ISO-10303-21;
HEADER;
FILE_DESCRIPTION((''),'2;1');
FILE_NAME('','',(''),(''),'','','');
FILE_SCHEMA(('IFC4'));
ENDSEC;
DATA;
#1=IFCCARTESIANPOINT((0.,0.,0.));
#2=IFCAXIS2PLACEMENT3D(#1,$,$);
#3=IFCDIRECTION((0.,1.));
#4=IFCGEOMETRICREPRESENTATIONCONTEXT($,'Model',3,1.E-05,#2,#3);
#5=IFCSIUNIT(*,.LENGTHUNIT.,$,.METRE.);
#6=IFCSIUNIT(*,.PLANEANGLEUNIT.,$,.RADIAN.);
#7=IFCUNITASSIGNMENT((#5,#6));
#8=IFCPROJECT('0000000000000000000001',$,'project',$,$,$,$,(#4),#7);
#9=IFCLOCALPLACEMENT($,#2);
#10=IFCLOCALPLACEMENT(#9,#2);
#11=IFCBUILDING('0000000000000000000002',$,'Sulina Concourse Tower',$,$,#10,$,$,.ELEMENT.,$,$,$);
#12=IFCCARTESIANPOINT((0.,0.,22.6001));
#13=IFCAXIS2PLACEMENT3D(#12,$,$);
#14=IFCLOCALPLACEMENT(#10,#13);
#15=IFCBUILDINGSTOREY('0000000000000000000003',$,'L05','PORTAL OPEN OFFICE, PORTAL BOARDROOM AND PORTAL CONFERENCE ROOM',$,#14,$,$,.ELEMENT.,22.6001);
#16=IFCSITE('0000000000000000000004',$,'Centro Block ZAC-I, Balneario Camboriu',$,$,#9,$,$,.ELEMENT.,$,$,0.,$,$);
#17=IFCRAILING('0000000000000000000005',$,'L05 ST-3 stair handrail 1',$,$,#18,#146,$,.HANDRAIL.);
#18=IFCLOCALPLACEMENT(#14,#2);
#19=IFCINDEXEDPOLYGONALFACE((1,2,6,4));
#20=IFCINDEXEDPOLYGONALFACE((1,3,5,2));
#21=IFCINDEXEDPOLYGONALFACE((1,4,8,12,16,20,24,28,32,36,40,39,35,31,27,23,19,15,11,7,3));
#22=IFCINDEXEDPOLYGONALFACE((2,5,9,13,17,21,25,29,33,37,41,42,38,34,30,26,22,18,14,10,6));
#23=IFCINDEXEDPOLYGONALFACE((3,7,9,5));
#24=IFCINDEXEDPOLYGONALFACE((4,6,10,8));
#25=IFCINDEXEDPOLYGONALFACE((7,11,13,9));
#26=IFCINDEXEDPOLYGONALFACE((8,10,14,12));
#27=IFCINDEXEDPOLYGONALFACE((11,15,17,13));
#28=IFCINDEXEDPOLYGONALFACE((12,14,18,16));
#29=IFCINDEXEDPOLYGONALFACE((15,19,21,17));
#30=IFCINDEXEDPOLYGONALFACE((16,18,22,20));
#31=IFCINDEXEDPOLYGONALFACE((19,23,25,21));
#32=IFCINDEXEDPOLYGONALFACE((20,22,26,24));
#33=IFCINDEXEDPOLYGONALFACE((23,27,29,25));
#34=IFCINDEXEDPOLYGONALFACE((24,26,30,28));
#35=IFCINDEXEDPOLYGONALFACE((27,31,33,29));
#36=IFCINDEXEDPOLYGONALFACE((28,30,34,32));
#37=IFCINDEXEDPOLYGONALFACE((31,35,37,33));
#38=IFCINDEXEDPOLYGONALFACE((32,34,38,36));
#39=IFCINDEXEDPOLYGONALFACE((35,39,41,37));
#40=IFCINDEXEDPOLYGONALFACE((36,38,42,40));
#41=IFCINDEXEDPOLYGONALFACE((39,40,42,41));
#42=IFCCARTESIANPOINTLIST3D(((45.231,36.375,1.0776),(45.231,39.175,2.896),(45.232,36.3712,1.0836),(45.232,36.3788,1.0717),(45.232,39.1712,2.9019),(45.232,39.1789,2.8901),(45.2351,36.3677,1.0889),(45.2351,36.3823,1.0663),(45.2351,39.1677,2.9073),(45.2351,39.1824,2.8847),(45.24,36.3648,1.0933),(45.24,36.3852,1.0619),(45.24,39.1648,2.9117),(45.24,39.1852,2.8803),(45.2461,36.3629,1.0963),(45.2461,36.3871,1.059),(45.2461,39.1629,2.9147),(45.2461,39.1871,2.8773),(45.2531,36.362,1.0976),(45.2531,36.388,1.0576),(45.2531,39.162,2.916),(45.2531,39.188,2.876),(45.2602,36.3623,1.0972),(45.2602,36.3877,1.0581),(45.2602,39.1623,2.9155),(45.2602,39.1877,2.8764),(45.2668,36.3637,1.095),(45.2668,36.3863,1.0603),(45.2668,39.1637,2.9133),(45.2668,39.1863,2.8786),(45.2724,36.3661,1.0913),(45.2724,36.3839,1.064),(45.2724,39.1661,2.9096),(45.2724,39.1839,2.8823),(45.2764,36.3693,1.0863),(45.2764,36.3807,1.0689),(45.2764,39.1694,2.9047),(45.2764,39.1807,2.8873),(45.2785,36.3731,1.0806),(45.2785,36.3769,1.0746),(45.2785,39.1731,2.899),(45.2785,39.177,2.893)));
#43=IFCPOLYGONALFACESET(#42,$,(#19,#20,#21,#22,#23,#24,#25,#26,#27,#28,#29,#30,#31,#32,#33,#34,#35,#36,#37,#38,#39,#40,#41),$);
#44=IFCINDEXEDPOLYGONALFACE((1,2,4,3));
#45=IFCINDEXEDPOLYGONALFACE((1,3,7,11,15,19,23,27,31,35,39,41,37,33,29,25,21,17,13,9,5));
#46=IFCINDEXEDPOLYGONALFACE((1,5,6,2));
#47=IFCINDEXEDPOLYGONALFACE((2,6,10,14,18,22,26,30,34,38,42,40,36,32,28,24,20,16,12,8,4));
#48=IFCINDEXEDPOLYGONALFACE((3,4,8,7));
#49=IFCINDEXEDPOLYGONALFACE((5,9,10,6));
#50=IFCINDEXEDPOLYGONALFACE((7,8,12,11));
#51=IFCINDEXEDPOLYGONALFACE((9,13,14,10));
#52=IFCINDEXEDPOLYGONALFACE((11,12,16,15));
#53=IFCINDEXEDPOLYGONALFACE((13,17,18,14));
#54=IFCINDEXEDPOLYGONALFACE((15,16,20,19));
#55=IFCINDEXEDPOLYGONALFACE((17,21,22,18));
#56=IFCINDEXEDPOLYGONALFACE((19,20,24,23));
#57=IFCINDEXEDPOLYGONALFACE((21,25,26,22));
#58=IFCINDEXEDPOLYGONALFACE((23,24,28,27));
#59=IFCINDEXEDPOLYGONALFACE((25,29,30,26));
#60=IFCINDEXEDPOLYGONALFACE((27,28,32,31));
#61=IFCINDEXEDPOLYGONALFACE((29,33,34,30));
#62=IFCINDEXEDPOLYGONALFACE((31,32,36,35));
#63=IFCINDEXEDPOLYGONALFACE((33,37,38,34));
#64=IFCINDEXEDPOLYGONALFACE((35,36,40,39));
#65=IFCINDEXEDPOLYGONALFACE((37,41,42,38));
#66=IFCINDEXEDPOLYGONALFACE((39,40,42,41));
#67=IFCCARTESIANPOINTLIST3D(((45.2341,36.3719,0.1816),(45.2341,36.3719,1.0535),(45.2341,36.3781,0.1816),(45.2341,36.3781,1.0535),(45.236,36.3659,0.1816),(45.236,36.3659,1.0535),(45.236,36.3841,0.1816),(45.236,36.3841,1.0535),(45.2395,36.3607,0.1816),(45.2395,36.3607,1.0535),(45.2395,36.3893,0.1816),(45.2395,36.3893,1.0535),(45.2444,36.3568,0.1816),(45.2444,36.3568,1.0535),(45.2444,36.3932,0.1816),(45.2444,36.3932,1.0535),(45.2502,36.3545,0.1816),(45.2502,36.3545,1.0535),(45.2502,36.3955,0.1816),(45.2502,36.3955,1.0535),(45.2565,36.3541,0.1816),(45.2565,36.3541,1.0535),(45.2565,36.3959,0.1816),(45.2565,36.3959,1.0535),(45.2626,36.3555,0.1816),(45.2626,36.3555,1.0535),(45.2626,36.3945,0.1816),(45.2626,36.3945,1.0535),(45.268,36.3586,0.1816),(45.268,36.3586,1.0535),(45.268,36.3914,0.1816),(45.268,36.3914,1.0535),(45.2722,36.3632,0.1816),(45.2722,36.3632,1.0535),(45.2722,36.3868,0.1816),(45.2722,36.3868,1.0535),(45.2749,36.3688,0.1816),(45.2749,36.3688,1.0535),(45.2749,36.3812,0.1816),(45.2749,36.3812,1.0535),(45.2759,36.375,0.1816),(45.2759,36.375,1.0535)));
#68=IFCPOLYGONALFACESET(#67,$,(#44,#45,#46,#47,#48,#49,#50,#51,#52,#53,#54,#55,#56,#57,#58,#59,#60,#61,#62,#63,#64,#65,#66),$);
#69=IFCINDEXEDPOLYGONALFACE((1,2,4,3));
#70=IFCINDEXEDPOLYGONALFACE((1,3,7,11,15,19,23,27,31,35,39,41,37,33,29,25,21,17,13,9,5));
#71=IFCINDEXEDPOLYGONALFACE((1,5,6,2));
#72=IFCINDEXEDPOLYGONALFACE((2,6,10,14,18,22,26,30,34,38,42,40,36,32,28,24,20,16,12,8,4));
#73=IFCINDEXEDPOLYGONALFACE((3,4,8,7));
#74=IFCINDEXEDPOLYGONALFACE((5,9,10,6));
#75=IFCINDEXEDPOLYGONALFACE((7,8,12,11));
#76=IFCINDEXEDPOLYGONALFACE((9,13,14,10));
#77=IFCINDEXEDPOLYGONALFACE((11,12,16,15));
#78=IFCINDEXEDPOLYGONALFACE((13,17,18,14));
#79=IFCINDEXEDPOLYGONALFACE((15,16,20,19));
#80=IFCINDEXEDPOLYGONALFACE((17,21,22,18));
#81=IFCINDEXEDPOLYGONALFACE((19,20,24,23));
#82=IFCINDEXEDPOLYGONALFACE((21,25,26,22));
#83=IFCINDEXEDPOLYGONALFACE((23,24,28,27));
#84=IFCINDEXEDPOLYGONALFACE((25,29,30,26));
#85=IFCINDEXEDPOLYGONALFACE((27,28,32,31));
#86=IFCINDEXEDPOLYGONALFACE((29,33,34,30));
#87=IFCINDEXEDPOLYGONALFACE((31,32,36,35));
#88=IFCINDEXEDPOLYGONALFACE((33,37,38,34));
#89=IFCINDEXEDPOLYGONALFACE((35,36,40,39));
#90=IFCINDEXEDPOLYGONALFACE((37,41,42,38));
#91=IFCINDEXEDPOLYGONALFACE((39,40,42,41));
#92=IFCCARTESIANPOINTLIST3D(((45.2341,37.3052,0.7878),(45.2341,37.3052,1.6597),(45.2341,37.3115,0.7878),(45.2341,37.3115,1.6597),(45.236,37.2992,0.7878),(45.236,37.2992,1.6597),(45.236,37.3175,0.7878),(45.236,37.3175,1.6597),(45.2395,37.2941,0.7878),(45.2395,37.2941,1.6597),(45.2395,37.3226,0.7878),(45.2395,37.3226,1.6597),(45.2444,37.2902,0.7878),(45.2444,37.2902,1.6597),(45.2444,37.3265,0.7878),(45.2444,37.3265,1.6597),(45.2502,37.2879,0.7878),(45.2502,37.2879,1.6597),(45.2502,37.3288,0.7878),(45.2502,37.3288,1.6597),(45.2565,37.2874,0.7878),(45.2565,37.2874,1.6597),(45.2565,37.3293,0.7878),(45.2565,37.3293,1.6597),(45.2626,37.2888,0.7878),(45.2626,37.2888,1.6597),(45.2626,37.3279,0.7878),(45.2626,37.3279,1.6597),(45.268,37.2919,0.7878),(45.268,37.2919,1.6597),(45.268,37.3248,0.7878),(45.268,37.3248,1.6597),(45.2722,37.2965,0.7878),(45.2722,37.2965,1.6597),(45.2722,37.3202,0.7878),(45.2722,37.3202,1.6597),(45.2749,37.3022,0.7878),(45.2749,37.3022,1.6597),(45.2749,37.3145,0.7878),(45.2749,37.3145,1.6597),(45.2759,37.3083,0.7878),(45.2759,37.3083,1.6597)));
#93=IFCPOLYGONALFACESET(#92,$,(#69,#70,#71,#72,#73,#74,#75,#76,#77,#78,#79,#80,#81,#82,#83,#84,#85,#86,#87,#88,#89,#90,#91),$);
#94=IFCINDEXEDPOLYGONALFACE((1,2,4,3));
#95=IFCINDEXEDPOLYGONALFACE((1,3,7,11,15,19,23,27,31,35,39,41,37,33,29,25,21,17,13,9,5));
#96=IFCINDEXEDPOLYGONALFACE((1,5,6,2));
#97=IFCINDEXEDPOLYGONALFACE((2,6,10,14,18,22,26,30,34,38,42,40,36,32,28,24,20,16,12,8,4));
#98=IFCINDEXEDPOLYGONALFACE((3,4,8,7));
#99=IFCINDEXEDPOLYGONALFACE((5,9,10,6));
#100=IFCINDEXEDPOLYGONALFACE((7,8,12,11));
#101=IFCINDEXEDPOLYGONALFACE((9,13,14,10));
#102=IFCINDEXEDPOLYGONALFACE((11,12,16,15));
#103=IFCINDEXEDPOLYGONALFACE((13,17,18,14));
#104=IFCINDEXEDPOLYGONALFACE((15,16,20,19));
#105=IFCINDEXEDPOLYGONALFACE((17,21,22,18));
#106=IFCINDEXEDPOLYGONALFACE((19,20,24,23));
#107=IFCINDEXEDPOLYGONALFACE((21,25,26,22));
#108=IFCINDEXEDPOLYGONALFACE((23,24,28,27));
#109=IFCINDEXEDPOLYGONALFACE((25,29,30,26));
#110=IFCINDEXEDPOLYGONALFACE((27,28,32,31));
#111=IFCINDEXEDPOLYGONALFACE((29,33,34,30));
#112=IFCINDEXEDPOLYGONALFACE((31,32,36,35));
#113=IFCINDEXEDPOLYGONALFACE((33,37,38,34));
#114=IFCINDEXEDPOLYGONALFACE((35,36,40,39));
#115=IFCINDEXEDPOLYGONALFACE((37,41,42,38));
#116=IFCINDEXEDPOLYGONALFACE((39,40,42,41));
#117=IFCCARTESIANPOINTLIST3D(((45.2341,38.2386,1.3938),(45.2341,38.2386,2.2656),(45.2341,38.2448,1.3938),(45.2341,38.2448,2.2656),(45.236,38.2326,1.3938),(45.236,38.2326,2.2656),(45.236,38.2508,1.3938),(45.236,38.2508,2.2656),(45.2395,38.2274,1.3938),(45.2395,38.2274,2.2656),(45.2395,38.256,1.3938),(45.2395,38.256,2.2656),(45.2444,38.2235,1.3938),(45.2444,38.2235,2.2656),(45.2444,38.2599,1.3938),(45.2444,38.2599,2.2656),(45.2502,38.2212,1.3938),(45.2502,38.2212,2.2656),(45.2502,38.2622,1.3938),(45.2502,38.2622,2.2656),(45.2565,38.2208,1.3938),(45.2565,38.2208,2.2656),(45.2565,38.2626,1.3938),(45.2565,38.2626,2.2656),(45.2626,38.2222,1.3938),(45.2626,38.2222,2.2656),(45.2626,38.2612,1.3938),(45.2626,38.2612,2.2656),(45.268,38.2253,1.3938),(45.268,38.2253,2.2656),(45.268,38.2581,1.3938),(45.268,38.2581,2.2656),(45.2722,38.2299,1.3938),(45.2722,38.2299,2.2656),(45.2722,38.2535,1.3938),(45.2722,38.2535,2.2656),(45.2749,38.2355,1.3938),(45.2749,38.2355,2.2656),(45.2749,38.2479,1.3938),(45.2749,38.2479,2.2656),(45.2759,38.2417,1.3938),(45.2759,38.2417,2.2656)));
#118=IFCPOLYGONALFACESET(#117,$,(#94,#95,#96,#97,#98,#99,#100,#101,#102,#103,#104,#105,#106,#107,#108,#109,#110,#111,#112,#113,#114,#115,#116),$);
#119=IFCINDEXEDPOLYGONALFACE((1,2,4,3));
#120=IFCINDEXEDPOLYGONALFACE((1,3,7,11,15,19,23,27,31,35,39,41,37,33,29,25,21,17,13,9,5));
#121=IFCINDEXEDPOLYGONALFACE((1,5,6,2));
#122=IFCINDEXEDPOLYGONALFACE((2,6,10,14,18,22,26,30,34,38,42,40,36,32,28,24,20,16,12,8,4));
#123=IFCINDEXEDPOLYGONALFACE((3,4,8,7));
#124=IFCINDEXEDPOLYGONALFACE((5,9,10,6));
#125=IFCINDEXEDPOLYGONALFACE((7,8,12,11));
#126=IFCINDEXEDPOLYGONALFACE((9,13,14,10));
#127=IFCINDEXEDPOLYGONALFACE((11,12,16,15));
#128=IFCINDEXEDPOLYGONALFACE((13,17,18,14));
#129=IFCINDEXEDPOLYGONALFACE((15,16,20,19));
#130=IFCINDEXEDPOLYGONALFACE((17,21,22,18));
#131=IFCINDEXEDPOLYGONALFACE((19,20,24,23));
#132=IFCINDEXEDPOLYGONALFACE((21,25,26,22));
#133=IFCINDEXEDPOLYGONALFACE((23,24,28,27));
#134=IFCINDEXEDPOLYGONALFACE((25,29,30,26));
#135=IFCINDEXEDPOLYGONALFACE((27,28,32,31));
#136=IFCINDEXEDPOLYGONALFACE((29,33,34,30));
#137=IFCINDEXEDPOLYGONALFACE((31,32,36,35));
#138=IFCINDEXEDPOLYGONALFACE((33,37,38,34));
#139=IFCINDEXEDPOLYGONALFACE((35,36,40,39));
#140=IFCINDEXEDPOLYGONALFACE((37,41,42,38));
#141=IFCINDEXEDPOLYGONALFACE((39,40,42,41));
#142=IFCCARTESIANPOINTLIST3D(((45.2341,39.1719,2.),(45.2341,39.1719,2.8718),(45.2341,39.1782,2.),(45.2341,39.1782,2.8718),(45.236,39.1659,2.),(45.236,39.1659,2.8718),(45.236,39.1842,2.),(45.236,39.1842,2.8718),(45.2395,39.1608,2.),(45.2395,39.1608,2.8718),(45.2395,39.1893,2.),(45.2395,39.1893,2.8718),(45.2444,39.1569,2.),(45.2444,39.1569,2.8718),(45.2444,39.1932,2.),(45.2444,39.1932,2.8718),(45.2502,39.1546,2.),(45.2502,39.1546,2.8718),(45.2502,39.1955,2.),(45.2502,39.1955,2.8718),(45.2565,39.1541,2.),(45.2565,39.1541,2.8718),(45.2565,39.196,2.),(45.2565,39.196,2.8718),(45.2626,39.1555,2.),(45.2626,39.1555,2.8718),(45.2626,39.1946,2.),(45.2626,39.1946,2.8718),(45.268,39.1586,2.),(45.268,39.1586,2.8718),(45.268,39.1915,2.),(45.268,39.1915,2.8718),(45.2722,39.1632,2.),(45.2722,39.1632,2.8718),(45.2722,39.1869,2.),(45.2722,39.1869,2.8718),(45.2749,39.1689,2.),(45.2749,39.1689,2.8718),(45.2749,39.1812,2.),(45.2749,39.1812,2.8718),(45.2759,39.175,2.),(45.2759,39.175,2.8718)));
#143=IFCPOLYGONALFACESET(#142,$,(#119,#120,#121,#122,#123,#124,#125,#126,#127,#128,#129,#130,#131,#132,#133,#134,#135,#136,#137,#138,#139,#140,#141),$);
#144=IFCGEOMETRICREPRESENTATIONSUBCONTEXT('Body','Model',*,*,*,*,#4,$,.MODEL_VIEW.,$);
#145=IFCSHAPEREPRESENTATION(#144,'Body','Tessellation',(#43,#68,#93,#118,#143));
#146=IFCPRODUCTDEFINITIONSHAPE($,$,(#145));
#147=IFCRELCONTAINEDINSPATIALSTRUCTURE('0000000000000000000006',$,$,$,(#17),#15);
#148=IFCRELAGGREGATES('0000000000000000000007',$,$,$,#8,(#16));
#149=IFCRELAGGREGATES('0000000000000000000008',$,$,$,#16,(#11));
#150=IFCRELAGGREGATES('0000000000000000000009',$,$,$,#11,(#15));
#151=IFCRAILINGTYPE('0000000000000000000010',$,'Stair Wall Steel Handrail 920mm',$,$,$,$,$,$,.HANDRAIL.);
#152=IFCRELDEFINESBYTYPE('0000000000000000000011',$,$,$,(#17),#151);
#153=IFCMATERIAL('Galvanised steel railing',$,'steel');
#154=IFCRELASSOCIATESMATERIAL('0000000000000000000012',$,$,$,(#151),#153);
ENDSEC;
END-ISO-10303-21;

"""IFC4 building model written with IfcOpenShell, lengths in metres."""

from ifc_helpers import new_model, si_unit, direction, frame, origin, origin_2d, place, context, subcontext, project, spatial, circle, extrude, material, type_object, element, save


model = new_model("IFC4")

# Units and contexts
model_context = context("Model", 3, precision=1e-05, world=origin(), true_north=direction((0.0, 1.0)))
body_context = subcontext(model_context, "Body", "Model", "MODEL_VIEW")
ifc_project = project(units=[si_unit("LENGTHUNIT", "METRE"), si_unit("PLANEANGLEUNIT", "RADIAN")], contexts=[model_context])

# Site, building, storey
site_placement = place(None, origin())
site = spatial("IfcSite", under=ifc_project, at=site_placement, Name="Centro Block ZAC-I, Balneario Camboriu", CompositionType="ELEMENT", RefElevation=0.0)
building_placement = place(site_placement, origin())
building = spatial("IfcBuilding", under=site, at=building_placement, Name="Sulina Concourse Tower", CompositionType="ELEMENT")
storey_placement = place(building_placement, frame((0.0, 0.0, 22.6001)))
storey = spatial("IfcBuildingStorey", under=building, at=storey_placement, Name="L05", Description="PORTAL OPEN OFFICE, PORTAL BOARDROOM AND PORTAL CONFERENCE ROOM", CompositionType="ELEMENT", Elevation=22.6001)

# Railing
ifc_material_1 = material(Name="Galvanised steel railing", Category="steel")
railing_type_1 = type_object("IfcRailingType", Name="Stair Wall Steel Handrail 920mm", PredefinedType="HANDRAIL", material=ifc_material_1)
railing_1_placement = place(storey_placement, frame((45.2549, 36.375, 0.1816)))
element("IfcRailing", 1, at=railing_1_placement, inside=storey, type_object=railing_type_1, Name="L05 ST-3 stair handrail 1", PredefinedType="HANDRAIL", context=body_context, shape_type="SweptSolid", body=[
    extrude(circle(Radius=0.0239, at=origin_2d()), frame((0.0, 0.0, 0.896), z_axis=(0.0, 0.838672, 0.544636), x_axis=(-1.0, 0.0, 0.0)), (0.0, 0.0, 1.0), 3.3386),
    extrude(circle(Radius=0.021, at=origin_2d()), origin(), (0.0, 0.0, 1.0), 0.8718),
    extrude(circle(Radius=0.021, at=origin_2d()), frame((0.0, 0.9333, 0.6062)), (0.0, 0.0, 1.0), 0.8718),
    extrude(circle(Radius=0.021, at=origin_2d()), frame((0.0, 1.8667, 1.2122)), (0.0, 0.0, 1.0), 0.8718),
    extrude(circle(Radius=0.021, at=origin_2d()), frame((0.0, 2.8, 1.8184)), (0.0, 0.0, 1.0), 0.8718),
])

save(model, "model.ifc")
